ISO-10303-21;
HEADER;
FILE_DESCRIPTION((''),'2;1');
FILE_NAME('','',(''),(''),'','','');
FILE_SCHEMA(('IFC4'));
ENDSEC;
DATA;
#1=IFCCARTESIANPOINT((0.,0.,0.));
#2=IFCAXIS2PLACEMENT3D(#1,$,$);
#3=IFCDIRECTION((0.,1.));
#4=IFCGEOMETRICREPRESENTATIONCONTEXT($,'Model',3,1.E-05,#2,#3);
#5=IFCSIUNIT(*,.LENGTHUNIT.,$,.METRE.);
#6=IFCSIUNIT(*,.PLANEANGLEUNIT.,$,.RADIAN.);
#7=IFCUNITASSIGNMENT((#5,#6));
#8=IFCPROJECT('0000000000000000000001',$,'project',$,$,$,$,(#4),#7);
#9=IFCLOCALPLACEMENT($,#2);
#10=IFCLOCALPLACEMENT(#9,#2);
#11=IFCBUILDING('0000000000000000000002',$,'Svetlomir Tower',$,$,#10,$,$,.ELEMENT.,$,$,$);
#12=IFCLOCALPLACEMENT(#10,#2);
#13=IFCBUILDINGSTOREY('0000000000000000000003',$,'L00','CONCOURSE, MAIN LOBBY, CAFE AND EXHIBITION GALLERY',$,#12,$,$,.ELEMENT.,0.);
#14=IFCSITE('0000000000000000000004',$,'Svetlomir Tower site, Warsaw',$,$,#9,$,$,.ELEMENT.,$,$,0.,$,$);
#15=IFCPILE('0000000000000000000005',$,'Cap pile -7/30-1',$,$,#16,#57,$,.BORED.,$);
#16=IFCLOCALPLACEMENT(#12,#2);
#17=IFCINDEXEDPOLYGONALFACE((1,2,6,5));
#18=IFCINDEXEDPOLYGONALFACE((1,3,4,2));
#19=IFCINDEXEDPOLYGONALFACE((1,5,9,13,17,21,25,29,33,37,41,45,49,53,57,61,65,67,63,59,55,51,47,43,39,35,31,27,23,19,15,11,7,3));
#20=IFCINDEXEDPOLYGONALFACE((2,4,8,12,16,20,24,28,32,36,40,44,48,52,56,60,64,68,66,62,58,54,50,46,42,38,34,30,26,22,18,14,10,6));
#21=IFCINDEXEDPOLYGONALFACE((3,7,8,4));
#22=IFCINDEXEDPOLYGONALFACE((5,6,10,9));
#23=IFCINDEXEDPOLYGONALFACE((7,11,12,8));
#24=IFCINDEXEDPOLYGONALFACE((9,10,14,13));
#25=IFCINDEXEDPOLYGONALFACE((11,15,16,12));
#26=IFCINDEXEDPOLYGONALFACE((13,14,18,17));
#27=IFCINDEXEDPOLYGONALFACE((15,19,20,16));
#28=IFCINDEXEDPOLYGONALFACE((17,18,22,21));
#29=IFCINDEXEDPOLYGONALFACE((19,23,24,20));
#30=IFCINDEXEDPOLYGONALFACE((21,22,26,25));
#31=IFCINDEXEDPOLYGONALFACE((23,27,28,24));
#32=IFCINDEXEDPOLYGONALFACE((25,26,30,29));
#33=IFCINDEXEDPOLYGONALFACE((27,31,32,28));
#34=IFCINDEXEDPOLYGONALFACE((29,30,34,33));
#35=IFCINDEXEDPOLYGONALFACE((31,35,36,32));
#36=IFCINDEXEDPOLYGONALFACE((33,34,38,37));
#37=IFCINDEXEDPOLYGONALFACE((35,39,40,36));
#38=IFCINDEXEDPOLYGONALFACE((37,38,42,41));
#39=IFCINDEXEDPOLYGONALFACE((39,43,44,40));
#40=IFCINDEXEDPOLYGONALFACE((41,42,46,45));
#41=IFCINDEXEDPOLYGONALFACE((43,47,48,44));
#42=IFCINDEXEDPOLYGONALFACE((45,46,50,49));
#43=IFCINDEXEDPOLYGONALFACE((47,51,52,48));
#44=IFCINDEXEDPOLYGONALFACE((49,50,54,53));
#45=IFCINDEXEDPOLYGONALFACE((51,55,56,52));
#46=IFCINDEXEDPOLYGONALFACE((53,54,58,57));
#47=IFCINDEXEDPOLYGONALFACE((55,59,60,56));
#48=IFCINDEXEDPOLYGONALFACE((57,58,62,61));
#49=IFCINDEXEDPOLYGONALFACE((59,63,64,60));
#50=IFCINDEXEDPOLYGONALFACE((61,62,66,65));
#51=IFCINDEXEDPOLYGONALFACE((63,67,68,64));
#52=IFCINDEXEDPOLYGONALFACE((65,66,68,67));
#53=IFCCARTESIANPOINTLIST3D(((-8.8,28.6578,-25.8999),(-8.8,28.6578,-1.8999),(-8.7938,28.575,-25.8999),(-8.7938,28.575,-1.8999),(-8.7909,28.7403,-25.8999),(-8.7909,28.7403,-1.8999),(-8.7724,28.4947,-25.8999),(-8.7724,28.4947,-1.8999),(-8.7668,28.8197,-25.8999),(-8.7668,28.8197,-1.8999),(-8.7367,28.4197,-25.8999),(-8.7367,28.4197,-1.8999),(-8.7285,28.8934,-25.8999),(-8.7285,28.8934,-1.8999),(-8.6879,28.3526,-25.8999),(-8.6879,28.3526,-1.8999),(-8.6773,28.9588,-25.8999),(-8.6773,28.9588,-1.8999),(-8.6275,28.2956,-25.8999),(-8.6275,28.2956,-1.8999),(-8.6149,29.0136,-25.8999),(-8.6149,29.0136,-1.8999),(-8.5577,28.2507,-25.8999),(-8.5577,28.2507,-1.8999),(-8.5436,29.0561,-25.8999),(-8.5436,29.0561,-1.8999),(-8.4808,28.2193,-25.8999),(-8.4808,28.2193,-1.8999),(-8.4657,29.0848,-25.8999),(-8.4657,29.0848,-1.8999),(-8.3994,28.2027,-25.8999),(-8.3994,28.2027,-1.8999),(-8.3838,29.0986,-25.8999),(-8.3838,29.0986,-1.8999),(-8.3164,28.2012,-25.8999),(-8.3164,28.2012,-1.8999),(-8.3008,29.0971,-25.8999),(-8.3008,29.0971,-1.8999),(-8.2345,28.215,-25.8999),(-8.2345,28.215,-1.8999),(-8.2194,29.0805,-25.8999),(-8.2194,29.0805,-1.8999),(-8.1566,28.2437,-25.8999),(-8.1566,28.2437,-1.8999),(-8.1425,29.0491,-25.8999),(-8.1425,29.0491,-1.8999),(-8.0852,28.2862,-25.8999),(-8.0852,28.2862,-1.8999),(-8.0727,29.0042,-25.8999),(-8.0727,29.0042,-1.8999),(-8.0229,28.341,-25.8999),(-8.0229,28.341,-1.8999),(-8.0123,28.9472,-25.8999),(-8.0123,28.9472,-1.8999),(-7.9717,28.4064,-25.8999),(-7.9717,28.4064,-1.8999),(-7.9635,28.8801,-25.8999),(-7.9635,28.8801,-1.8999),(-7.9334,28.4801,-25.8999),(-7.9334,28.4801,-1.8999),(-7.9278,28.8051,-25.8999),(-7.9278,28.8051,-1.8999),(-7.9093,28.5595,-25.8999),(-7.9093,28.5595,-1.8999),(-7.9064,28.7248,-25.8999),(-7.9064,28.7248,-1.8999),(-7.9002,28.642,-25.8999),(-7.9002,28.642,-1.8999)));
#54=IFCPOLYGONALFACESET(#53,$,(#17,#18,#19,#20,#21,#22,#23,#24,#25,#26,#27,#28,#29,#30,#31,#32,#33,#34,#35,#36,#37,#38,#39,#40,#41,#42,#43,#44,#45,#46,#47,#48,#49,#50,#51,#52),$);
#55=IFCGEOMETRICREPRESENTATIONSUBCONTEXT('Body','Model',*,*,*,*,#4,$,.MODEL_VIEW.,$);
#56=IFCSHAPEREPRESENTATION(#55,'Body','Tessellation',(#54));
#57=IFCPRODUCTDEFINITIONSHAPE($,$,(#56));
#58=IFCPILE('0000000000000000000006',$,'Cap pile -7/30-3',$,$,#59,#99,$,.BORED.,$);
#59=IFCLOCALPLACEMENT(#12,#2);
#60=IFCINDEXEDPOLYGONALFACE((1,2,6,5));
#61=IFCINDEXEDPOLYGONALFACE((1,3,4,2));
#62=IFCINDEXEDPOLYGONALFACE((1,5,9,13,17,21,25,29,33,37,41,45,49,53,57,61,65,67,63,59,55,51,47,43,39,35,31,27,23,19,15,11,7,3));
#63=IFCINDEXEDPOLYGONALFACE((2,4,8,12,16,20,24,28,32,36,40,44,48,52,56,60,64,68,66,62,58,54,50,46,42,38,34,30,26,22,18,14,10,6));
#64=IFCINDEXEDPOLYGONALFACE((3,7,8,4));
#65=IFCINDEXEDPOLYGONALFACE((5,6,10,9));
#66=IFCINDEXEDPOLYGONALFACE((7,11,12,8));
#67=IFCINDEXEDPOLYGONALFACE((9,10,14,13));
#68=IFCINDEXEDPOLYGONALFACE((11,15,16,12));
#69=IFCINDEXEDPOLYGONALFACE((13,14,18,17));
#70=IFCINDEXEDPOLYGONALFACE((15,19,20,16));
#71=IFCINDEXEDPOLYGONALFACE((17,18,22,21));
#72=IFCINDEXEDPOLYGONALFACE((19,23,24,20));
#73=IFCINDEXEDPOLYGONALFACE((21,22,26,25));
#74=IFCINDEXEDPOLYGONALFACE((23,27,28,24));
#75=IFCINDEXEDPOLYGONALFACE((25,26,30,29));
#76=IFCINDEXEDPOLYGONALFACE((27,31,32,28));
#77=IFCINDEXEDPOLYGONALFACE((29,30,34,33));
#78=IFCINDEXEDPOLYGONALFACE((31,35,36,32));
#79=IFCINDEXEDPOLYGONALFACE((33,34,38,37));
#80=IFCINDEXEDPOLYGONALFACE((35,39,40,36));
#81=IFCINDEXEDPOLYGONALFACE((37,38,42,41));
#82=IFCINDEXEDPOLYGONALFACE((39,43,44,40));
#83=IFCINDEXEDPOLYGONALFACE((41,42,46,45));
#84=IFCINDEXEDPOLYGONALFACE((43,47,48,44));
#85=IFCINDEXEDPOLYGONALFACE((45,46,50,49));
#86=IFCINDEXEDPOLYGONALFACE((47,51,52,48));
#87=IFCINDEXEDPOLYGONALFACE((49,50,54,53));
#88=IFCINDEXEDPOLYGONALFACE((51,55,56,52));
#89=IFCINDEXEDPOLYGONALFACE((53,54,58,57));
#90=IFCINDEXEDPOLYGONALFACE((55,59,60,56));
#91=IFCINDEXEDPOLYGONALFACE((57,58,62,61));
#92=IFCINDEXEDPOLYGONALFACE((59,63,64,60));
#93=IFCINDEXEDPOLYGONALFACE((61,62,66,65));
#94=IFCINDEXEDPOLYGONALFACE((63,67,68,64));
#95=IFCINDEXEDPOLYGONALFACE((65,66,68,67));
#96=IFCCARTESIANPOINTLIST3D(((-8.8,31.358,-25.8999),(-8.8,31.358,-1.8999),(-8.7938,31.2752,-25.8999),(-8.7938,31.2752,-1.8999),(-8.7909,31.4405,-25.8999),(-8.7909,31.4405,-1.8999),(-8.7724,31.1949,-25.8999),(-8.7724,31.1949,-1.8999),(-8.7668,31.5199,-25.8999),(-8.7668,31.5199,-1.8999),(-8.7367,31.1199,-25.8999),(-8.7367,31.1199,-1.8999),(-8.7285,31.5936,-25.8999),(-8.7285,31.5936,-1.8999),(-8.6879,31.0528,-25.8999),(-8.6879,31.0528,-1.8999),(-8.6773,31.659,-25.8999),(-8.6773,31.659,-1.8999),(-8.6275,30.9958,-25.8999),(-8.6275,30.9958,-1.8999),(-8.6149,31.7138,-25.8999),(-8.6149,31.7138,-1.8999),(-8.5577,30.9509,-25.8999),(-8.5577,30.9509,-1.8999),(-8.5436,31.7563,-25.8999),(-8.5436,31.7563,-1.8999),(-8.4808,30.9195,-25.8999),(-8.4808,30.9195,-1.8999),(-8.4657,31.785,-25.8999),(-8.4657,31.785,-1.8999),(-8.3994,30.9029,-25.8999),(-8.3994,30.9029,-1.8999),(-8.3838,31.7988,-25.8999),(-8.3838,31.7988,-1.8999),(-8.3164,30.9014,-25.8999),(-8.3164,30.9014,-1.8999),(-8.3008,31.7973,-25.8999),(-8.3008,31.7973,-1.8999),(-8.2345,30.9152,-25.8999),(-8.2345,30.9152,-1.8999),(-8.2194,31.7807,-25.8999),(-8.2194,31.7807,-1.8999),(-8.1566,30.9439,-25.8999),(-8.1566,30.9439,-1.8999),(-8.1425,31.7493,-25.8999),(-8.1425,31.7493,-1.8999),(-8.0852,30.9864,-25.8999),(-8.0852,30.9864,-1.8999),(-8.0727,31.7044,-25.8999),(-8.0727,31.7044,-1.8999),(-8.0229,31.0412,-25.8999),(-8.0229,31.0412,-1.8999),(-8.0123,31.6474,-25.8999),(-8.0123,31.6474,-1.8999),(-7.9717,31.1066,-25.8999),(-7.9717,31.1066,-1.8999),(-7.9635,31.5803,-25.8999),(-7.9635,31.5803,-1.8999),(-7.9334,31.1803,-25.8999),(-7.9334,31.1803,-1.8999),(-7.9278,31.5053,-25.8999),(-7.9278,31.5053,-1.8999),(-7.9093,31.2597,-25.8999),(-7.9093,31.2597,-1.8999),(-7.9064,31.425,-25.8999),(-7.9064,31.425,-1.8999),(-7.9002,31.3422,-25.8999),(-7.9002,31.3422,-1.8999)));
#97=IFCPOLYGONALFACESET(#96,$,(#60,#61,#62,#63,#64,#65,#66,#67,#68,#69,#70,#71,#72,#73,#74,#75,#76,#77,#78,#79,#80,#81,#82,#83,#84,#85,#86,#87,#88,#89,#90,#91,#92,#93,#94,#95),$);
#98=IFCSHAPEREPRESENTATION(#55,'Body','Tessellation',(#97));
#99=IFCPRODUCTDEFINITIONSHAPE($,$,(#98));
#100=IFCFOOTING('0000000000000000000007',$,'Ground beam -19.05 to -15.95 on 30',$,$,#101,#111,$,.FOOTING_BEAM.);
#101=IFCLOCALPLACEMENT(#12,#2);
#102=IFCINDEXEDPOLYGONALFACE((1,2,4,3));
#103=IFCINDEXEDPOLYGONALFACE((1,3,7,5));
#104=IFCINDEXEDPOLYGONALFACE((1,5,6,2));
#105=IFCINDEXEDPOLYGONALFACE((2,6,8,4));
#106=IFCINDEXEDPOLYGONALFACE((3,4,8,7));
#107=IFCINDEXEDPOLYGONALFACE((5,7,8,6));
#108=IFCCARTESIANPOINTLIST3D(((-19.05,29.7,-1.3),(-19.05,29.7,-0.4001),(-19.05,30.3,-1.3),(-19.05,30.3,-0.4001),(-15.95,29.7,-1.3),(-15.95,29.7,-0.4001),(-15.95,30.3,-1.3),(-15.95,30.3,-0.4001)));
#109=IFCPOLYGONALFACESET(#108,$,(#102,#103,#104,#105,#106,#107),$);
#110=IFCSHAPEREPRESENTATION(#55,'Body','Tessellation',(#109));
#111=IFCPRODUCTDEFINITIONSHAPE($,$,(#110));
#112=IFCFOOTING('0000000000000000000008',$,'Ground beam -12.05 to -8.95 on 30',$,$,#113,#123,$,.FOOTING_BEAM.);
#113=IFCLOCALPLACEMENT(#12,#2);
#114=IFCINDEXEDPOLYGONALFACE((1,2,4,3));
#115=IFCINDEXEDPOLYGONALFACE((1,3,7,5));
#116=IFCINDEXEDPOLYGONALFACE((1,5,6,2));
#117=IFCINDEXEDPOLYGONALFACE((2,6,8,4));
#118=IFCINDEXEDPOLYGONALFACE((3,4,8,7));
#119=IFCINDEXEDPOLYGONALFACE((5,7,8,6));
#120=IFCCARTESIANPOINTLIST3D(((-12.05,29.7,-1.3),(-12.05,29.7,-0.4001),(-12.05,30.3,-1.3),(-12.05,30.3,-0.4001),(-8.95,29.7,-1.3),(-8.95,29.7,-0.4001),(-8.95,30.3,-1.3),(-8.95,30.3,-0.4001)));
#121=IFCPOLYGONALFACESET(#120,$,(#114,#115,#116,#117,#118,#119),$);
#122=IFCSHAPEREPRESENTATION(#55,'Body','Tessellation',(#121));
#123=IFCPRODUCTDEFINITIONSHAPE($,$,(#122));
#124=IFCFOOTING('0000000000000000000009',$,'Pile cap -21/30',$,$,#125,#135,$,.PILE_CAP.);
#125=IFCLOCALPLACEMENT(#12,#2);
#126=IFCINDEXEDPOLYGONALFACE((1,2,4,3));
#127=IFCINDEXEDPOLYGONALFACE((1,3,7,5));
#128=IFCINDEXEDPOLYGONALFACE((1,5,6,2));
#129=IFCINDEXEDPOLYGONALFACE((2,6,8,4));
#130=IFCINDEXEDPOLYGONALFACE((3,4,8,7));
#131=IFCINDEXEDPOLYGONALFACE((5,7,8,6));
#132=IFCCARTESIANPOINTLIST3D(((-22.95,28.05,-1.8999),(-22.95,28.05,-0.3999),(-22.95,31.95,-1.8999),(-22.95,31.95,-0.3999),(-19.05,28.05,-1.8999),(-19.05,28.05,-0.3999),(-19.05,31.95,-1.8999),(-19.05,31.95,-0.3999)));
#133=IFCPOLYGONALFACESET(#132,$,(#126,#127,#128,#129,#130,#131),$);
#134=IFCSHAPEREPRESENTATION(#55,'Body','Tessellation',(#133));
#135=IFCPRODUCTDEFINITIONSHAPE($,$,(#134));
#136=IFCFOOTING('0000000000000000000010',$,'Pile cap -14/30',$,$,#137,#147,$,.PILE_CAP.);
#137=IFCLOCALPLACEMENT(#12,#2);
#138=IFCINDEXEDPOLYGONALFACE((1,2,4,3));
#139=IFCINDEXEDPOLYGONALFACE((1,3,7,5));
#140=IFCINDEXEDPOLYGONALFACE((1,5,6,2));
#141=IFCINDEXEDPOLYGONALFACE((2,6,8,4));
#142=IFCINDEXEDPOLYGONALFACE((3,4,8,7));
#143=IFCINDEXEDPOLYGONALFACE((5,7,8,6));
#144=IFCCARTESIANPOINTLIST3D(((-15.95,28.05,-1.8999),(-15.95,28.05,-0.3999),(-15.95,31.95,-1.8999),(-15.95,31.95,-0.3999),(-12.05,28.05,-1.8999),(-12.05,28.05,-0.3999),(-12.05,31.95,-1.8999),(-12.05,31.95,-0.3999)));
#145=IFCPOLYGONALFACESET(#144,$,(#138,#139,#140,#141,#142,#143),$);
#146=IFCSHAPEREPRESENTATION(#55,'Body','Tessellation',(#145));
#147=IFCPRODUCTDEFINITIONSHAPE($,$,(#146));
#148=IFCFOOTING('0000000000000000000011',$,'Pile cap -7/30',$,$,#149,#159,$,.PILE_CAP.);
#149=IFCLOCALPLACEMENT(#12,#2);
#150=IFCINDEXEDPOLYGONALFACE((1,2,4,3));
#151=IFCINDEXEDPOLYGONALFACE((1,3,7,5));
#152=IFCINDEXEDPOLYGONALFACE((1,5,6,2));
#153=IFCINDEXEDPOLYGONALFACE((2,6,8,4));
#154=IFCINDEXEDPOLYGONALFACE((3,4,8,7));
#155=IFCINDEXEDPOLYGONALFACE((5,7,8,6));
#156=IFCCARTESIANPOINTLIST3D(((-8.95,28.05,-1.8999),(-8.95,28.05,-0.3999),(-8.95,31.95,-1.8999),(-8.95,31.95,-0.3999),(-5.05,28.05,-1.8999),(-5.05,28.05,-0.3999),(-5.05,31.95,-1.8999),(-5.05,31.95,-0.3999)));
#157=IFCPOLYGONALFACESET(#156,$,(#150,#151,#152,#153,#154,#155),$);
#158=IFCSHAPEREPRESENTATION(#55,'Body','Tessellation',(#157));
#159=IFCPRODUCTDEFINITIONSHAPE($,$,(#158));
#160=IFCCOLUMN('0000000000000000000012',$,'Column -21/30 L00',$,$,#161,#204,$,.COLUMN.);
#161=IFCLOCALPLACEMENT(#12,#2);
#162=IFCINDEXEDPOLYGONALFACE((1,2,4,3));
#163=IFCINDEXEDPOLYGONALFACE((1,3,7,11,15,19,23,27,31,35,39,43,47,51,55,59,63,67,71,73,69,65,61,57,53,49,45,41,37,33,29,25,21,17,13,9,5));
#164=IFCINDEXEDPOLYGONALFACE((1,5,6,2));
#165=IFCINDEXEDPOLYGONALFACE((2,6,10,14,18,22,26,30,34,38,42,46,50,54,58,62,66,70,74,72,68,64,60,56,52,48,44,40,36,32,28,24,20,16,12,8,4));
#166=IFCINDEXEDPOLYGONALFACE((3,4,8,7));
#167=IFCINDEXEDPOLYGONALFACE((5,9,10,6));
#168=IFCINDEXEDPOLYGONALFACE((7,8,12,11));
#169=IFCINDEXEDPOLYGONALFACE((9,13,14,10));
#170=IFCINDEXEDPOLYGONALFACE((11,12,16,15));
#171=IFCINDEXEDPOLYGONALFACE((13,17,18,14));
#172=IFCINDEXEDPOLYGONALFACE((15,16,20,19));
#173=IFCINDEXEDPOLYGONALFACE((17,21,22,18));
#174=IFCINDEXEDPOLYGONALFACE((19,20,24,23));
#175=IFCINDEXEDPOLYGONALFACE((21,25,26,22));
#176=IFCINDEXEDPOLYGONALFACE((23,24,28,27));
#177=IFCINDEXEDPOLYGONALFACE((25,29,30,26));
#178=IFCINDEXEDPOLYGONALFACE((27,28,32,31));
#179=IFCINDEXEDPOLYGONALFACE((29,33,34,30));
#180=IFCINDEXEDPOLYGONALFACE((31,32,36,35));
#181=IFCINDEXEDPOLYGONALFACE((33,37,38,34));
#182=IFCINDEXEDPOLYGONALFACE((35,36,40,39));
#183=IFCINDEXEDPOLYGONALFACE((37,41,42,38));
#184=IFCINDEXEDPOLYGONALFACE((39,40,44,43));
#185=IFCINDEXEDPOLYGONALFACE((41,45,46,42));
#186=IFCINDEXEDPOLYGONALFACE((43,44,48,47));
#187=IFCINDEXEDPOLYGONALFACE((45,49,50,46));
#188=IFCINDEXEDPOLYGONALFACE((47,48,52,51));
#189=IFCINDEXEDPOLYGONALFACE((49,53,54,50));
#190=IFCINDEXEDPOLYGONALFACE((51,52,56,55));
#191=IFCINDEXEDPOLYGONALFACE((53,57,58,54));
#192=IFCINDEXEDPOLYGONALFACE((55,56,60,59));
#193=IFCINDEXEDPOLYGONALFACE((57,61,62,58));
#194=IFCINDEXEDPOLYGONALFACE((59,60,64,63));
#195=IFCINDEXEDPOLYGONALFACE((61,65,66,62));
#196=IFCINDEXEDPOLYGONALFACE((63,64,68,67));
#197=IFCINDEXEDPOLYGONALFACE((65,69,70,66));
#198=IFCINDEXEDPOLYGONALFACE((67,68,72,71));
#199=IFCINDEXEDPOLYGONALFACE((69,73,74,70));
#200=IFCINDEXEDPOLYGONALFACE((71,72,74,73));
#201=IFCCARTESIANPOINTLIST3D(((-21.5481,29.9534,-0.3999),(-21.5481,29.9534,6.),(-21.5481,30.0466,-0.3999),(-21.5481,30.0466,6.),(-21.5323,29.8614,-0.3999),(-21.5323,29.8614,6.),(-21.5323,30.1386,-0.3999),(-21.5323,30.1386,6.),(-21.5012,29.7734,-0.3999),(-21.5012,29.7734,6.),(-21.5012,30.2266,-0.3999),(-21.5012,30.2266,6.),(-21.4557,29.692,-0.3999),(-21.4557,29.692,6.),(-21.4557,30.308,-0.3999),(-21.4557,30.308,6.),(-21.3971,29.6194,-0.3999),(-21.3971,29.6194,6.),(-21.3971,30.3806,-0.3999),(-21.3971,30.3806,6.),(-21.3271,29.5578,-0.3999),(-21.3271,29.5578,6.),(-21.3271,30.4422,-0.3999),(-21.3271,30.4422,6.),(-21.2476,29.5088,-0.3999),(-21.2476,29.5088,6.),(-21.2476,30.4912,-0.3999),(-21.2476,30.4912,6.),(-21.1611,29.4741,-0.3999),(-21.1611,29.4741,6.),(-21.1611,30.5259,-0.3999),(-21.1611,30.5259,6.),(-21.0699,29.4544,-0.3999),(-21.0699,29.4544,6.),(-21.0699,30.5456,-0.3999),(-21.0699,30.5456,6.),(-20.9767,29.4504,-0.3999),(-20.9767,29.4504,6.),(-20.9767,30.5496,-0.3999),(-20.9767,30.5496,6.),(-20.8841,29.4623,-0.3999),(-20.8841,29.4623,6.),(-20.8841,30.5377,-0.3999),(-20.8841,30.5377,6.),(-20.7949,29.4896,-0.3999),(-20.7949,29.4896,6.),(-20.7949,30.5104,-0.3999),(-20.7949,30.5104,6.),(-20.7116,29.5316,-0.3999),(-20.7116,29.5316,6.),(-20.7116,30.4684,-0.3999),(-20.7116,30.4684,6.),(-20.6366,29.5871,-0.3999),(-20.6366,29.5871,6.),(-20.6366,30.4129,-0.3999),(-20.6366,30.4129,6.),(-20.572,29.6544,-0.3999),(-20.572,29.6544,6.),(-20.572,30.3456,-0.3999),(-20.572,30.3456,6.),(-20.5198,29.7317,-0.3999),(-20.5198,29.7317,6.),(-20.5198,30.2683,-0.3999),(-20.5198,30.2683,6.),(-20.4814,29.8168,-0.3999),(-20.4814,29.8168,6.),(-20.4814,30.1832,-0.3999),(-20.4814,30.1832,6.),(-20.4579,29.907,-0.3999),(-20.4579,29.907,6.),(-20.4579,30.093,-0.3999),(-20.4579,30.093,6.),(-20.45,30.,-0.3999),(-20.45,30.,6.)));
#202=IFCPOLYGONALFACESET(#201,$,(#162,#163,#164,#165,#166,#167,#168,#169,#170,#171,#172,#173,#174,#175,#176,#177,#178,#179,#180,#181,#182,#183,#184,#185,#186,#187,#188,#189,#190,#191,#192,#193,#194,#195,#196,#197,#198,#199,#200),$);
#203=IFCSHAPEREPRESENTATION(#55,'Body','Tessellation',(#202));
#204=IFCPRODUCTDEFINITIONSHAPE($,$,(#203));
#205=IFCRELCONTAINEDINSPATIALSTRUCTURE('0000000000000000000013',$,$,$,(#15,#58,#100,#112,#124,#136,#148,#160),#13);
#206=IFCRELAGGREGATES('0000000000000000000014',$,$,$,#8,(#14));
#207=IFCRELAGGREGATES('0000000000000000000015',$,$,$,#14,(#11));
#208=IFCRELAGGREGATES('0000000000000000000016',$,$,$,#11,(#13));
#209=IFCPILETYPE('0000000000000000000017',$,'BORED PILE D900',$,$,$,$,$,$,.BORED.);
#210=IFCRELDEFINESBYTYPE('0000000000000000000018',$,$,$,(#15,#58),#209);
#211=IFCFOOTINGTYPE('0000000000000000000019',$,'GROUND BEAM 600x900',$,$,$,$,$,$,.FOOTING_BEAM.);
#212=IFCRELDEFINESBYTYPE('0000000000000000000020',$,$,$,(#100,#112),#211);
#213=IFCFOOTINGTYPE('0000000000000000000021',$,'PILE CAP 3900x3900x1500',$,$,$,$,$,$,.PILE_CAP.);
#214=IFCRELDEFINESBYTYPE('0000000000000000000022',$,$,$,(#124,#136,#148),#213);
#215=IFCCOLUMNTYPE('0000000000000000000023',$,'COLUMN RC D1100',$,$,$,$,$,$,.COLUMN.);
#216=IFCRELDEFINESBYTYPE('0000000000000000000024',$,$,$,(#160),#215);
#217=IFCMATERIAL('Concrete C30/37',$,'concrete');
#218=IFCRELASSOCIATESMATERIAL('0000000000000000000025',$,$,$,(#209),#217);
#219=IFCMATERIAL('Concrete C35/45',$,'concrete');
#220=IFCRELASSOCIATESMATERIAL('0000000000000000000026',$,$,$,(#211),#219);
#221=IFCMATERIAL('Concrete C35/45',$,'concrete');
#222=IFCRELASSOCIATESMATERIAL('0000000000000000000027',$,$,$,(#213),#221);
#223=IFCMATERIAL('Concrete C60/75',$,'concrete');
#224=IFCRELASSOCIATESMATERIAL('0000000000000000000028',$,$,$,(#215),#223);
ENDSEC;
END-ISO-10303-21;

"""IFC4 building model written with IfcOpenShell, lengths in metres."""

from ifc_helpers import new_model, si_unit, direction, frame, frame_2d, origin, origin_2d, place, context, subcontext, project, spatial, rectangle, circle, extrude, material, material_profile, profile_set, type_object, element, save


model = new_model("IFC4")

# Units and contexts
model_context = context("Model", 3, precision=1e-05, world=origin(), true_north=direction((0.0, 1.0)))
body_context = subcontext(model_context, "Body", "Model", "MODEL_VIEW")
ifc_project = project(units=[si_unit("LENGTHUNIT", "METRE"), si_unit("PLANEANGLEUNIT", "RADIAN")], contexts=[model_context])

# Site, building, storey
site_placement = place(None, origin())
site = spatial("IfcSite", under=ifc_project, at=site_placement, Name="Svetlomir Tower site, Warsaw", CompositionType="ELEMENT", RefElevation=0.0)
building_placement = place(site_placement, origin())
building = spatial("IfcBuilding", under=site, at=building_placement, Name="Svetlomir Tower", CompositionType="ELEMENT")
storey_placement = place(building_placement, origin())
storey = spatial("IfcBuildingStorey", under=building, at=storey_placement, Name="L00", Description="CONCOURSE, MAIN LOBBY, CAFE AND EXHIBITION GALLERY", CompositionType="ELEMENT", Elevation=0.0)

# Piles
ifc_material_1 = material(Name="Concrete C30/37", Category="concrete")
ifc_material_profile_1 = material_profile(ifc_material_1, circle(Radius=0.45, at=origin_2d()), Name="RC D900")
ifc_profile_set_1 = profile_set([ifc_material_profile_1], Name="Concrete C30/37")
pile_type = type_object("IfcPileType", Name="BORED PILE D900", PredefinedType="BORED", material=ifc_profile_set_1)
for number, where, z_axis, x_axis, name in (
    (1, (-8.3501, 28.6499, -1.8999), (0.0, 0.0, -1.0), (1.0, 0.0, 0.0), "Cap pile -7/30-1"),
    (2, (-8.3501, 31.3501, -1.8999), (0.0, 0.0, -1.0), (1.0, 0.0, 0.0), "Cap pile -7/30-3"),
):
    element("IfcPile", number, at=place(storey_placement, frame(where, z_axis=z_axis, x_axis=x_axis)), inside=storey, type_object=pile_type, Name=name, PredefinedType="BORED", context=body_context, shape_type="SweptSolid", body=[
        extrude(circle(Radius=0.45, at=frame_2d((0.0, 0.0), x_axis=(0.999848, 0.017452))), origin(), (0.0, 0.0, 1.0), 24.0),
    ])

# Footings
ifc_material_2 = material(Name="Concrete C35/45", Category="concrete")
footing_type_1 = type_object("IfcFootingType", Name="GROUND BEAM 600x900", PredefinedType="FOOTING_BEAM", material=ifc_material_2)
for number, where, z_axis, x_axis, name in (
    (3, (-17.5, 30.0, -1.3), (0.0, 0.0, 1.0), (1.0, 0.0, 0.0), "Ground beam -19.05 to -15.95 on 30"),
    (4, (-10.5, 30.0, -1.3), (0.0, 0.0, 1.0), (1.0, 0.0, 0.0), "Ground beam -12.05 to -8.95 on 30"),
):
    element("IfcFooting", number, at=place(storey_placement, frame(where, z_axis=z_axis, x_axis=x_axis)), inside=storey, type_object=footing_type_1, Name=name, PredefinedType="FOOTING_BEAM", context=body_context, shape_type="SweptSolid", body=[
        extrude(rectangle(XDim=3.1001, YDim=0.6001, at=origin_2d()), origin(), (0.0, 0.0, 1.0), 0.8999),
    ])
ifc_material_3 = material(Name="Concrete C35/45", Category="concrete")
footing_type_2 = type_object("IfcFootingType", Name="PILE CAP 3900x3900x1500", PredefinedType="PILE_CAP", material=ifc_material_3)
for number, where, z_axis, x_axis, name in (
    (5, (-21.0, 30.0, -1.8999), (0.0, 0.0, 1.0), (1.0, 0.0, 0.0), "Pile cap -21/30"),
    (6, (-14.0, 30.0, -1.8999), (0.0, 0.0, 1.0), (1.0, 0.0, 0.0), "Pile cap -14/30"),
    (7, (-7.0, 30.0, -1.8999), (0.0, 0.0, 1.0), (1.0, 0.0, 0.0), "Pile cap -7/30"),
):
    element("IfcFooting", number, at=place(storey_placement, frame(where, z_axis=z_axis, x_axis=x_axis)), inside=storey, type_object=footing_type_2, Name=name, PredefinedType="PILE_CAP", context=body_context, shape_type="SweptSolid", body=[
        extrude(rectangle(XDim=3.8999, YDim=3.8999, at=origin_2d()), origin(), (0.0, 0.0, 1.0), 1.5),
    ])

# Column
ifc_material_4 = material(Name="Concrete C60/75", Category="concrete")
ifc_material_profile_2 = material_profile(ifc_material_4, circle(Radius=0.55, at=origin_2d()), Name="RC D1100")
ifc_profile_set_2 = profile_set([ifc_material_profile_2], Name="Concrete C60/75")
column_type_1 = type_object("IfcColumnType", Name="COLUMN RC D1100", PredefinedType="COLUMN", material=ifc_profile_set_2)
column_placement = place(storey_placement, frame((-21.0, 30.0, -0.3999), z_axis=(0.0, 0.0, 1.0), x_axis=(1.0, 0.0, 0.0)))
element("IfcColumn", 8, at=column_placement, inside=storey, type_object=column_type_1, Name="Column -21/30 L00", PredefinedType="COLUMN", context=body_context, shape_type="SweptSolid", body=[
    extrude(circle(Radius=0.55, at=origin_2d()), origin(), (0.0, 0.0, 1.0), 6.3999),
])

save(model, "model.ifc")
